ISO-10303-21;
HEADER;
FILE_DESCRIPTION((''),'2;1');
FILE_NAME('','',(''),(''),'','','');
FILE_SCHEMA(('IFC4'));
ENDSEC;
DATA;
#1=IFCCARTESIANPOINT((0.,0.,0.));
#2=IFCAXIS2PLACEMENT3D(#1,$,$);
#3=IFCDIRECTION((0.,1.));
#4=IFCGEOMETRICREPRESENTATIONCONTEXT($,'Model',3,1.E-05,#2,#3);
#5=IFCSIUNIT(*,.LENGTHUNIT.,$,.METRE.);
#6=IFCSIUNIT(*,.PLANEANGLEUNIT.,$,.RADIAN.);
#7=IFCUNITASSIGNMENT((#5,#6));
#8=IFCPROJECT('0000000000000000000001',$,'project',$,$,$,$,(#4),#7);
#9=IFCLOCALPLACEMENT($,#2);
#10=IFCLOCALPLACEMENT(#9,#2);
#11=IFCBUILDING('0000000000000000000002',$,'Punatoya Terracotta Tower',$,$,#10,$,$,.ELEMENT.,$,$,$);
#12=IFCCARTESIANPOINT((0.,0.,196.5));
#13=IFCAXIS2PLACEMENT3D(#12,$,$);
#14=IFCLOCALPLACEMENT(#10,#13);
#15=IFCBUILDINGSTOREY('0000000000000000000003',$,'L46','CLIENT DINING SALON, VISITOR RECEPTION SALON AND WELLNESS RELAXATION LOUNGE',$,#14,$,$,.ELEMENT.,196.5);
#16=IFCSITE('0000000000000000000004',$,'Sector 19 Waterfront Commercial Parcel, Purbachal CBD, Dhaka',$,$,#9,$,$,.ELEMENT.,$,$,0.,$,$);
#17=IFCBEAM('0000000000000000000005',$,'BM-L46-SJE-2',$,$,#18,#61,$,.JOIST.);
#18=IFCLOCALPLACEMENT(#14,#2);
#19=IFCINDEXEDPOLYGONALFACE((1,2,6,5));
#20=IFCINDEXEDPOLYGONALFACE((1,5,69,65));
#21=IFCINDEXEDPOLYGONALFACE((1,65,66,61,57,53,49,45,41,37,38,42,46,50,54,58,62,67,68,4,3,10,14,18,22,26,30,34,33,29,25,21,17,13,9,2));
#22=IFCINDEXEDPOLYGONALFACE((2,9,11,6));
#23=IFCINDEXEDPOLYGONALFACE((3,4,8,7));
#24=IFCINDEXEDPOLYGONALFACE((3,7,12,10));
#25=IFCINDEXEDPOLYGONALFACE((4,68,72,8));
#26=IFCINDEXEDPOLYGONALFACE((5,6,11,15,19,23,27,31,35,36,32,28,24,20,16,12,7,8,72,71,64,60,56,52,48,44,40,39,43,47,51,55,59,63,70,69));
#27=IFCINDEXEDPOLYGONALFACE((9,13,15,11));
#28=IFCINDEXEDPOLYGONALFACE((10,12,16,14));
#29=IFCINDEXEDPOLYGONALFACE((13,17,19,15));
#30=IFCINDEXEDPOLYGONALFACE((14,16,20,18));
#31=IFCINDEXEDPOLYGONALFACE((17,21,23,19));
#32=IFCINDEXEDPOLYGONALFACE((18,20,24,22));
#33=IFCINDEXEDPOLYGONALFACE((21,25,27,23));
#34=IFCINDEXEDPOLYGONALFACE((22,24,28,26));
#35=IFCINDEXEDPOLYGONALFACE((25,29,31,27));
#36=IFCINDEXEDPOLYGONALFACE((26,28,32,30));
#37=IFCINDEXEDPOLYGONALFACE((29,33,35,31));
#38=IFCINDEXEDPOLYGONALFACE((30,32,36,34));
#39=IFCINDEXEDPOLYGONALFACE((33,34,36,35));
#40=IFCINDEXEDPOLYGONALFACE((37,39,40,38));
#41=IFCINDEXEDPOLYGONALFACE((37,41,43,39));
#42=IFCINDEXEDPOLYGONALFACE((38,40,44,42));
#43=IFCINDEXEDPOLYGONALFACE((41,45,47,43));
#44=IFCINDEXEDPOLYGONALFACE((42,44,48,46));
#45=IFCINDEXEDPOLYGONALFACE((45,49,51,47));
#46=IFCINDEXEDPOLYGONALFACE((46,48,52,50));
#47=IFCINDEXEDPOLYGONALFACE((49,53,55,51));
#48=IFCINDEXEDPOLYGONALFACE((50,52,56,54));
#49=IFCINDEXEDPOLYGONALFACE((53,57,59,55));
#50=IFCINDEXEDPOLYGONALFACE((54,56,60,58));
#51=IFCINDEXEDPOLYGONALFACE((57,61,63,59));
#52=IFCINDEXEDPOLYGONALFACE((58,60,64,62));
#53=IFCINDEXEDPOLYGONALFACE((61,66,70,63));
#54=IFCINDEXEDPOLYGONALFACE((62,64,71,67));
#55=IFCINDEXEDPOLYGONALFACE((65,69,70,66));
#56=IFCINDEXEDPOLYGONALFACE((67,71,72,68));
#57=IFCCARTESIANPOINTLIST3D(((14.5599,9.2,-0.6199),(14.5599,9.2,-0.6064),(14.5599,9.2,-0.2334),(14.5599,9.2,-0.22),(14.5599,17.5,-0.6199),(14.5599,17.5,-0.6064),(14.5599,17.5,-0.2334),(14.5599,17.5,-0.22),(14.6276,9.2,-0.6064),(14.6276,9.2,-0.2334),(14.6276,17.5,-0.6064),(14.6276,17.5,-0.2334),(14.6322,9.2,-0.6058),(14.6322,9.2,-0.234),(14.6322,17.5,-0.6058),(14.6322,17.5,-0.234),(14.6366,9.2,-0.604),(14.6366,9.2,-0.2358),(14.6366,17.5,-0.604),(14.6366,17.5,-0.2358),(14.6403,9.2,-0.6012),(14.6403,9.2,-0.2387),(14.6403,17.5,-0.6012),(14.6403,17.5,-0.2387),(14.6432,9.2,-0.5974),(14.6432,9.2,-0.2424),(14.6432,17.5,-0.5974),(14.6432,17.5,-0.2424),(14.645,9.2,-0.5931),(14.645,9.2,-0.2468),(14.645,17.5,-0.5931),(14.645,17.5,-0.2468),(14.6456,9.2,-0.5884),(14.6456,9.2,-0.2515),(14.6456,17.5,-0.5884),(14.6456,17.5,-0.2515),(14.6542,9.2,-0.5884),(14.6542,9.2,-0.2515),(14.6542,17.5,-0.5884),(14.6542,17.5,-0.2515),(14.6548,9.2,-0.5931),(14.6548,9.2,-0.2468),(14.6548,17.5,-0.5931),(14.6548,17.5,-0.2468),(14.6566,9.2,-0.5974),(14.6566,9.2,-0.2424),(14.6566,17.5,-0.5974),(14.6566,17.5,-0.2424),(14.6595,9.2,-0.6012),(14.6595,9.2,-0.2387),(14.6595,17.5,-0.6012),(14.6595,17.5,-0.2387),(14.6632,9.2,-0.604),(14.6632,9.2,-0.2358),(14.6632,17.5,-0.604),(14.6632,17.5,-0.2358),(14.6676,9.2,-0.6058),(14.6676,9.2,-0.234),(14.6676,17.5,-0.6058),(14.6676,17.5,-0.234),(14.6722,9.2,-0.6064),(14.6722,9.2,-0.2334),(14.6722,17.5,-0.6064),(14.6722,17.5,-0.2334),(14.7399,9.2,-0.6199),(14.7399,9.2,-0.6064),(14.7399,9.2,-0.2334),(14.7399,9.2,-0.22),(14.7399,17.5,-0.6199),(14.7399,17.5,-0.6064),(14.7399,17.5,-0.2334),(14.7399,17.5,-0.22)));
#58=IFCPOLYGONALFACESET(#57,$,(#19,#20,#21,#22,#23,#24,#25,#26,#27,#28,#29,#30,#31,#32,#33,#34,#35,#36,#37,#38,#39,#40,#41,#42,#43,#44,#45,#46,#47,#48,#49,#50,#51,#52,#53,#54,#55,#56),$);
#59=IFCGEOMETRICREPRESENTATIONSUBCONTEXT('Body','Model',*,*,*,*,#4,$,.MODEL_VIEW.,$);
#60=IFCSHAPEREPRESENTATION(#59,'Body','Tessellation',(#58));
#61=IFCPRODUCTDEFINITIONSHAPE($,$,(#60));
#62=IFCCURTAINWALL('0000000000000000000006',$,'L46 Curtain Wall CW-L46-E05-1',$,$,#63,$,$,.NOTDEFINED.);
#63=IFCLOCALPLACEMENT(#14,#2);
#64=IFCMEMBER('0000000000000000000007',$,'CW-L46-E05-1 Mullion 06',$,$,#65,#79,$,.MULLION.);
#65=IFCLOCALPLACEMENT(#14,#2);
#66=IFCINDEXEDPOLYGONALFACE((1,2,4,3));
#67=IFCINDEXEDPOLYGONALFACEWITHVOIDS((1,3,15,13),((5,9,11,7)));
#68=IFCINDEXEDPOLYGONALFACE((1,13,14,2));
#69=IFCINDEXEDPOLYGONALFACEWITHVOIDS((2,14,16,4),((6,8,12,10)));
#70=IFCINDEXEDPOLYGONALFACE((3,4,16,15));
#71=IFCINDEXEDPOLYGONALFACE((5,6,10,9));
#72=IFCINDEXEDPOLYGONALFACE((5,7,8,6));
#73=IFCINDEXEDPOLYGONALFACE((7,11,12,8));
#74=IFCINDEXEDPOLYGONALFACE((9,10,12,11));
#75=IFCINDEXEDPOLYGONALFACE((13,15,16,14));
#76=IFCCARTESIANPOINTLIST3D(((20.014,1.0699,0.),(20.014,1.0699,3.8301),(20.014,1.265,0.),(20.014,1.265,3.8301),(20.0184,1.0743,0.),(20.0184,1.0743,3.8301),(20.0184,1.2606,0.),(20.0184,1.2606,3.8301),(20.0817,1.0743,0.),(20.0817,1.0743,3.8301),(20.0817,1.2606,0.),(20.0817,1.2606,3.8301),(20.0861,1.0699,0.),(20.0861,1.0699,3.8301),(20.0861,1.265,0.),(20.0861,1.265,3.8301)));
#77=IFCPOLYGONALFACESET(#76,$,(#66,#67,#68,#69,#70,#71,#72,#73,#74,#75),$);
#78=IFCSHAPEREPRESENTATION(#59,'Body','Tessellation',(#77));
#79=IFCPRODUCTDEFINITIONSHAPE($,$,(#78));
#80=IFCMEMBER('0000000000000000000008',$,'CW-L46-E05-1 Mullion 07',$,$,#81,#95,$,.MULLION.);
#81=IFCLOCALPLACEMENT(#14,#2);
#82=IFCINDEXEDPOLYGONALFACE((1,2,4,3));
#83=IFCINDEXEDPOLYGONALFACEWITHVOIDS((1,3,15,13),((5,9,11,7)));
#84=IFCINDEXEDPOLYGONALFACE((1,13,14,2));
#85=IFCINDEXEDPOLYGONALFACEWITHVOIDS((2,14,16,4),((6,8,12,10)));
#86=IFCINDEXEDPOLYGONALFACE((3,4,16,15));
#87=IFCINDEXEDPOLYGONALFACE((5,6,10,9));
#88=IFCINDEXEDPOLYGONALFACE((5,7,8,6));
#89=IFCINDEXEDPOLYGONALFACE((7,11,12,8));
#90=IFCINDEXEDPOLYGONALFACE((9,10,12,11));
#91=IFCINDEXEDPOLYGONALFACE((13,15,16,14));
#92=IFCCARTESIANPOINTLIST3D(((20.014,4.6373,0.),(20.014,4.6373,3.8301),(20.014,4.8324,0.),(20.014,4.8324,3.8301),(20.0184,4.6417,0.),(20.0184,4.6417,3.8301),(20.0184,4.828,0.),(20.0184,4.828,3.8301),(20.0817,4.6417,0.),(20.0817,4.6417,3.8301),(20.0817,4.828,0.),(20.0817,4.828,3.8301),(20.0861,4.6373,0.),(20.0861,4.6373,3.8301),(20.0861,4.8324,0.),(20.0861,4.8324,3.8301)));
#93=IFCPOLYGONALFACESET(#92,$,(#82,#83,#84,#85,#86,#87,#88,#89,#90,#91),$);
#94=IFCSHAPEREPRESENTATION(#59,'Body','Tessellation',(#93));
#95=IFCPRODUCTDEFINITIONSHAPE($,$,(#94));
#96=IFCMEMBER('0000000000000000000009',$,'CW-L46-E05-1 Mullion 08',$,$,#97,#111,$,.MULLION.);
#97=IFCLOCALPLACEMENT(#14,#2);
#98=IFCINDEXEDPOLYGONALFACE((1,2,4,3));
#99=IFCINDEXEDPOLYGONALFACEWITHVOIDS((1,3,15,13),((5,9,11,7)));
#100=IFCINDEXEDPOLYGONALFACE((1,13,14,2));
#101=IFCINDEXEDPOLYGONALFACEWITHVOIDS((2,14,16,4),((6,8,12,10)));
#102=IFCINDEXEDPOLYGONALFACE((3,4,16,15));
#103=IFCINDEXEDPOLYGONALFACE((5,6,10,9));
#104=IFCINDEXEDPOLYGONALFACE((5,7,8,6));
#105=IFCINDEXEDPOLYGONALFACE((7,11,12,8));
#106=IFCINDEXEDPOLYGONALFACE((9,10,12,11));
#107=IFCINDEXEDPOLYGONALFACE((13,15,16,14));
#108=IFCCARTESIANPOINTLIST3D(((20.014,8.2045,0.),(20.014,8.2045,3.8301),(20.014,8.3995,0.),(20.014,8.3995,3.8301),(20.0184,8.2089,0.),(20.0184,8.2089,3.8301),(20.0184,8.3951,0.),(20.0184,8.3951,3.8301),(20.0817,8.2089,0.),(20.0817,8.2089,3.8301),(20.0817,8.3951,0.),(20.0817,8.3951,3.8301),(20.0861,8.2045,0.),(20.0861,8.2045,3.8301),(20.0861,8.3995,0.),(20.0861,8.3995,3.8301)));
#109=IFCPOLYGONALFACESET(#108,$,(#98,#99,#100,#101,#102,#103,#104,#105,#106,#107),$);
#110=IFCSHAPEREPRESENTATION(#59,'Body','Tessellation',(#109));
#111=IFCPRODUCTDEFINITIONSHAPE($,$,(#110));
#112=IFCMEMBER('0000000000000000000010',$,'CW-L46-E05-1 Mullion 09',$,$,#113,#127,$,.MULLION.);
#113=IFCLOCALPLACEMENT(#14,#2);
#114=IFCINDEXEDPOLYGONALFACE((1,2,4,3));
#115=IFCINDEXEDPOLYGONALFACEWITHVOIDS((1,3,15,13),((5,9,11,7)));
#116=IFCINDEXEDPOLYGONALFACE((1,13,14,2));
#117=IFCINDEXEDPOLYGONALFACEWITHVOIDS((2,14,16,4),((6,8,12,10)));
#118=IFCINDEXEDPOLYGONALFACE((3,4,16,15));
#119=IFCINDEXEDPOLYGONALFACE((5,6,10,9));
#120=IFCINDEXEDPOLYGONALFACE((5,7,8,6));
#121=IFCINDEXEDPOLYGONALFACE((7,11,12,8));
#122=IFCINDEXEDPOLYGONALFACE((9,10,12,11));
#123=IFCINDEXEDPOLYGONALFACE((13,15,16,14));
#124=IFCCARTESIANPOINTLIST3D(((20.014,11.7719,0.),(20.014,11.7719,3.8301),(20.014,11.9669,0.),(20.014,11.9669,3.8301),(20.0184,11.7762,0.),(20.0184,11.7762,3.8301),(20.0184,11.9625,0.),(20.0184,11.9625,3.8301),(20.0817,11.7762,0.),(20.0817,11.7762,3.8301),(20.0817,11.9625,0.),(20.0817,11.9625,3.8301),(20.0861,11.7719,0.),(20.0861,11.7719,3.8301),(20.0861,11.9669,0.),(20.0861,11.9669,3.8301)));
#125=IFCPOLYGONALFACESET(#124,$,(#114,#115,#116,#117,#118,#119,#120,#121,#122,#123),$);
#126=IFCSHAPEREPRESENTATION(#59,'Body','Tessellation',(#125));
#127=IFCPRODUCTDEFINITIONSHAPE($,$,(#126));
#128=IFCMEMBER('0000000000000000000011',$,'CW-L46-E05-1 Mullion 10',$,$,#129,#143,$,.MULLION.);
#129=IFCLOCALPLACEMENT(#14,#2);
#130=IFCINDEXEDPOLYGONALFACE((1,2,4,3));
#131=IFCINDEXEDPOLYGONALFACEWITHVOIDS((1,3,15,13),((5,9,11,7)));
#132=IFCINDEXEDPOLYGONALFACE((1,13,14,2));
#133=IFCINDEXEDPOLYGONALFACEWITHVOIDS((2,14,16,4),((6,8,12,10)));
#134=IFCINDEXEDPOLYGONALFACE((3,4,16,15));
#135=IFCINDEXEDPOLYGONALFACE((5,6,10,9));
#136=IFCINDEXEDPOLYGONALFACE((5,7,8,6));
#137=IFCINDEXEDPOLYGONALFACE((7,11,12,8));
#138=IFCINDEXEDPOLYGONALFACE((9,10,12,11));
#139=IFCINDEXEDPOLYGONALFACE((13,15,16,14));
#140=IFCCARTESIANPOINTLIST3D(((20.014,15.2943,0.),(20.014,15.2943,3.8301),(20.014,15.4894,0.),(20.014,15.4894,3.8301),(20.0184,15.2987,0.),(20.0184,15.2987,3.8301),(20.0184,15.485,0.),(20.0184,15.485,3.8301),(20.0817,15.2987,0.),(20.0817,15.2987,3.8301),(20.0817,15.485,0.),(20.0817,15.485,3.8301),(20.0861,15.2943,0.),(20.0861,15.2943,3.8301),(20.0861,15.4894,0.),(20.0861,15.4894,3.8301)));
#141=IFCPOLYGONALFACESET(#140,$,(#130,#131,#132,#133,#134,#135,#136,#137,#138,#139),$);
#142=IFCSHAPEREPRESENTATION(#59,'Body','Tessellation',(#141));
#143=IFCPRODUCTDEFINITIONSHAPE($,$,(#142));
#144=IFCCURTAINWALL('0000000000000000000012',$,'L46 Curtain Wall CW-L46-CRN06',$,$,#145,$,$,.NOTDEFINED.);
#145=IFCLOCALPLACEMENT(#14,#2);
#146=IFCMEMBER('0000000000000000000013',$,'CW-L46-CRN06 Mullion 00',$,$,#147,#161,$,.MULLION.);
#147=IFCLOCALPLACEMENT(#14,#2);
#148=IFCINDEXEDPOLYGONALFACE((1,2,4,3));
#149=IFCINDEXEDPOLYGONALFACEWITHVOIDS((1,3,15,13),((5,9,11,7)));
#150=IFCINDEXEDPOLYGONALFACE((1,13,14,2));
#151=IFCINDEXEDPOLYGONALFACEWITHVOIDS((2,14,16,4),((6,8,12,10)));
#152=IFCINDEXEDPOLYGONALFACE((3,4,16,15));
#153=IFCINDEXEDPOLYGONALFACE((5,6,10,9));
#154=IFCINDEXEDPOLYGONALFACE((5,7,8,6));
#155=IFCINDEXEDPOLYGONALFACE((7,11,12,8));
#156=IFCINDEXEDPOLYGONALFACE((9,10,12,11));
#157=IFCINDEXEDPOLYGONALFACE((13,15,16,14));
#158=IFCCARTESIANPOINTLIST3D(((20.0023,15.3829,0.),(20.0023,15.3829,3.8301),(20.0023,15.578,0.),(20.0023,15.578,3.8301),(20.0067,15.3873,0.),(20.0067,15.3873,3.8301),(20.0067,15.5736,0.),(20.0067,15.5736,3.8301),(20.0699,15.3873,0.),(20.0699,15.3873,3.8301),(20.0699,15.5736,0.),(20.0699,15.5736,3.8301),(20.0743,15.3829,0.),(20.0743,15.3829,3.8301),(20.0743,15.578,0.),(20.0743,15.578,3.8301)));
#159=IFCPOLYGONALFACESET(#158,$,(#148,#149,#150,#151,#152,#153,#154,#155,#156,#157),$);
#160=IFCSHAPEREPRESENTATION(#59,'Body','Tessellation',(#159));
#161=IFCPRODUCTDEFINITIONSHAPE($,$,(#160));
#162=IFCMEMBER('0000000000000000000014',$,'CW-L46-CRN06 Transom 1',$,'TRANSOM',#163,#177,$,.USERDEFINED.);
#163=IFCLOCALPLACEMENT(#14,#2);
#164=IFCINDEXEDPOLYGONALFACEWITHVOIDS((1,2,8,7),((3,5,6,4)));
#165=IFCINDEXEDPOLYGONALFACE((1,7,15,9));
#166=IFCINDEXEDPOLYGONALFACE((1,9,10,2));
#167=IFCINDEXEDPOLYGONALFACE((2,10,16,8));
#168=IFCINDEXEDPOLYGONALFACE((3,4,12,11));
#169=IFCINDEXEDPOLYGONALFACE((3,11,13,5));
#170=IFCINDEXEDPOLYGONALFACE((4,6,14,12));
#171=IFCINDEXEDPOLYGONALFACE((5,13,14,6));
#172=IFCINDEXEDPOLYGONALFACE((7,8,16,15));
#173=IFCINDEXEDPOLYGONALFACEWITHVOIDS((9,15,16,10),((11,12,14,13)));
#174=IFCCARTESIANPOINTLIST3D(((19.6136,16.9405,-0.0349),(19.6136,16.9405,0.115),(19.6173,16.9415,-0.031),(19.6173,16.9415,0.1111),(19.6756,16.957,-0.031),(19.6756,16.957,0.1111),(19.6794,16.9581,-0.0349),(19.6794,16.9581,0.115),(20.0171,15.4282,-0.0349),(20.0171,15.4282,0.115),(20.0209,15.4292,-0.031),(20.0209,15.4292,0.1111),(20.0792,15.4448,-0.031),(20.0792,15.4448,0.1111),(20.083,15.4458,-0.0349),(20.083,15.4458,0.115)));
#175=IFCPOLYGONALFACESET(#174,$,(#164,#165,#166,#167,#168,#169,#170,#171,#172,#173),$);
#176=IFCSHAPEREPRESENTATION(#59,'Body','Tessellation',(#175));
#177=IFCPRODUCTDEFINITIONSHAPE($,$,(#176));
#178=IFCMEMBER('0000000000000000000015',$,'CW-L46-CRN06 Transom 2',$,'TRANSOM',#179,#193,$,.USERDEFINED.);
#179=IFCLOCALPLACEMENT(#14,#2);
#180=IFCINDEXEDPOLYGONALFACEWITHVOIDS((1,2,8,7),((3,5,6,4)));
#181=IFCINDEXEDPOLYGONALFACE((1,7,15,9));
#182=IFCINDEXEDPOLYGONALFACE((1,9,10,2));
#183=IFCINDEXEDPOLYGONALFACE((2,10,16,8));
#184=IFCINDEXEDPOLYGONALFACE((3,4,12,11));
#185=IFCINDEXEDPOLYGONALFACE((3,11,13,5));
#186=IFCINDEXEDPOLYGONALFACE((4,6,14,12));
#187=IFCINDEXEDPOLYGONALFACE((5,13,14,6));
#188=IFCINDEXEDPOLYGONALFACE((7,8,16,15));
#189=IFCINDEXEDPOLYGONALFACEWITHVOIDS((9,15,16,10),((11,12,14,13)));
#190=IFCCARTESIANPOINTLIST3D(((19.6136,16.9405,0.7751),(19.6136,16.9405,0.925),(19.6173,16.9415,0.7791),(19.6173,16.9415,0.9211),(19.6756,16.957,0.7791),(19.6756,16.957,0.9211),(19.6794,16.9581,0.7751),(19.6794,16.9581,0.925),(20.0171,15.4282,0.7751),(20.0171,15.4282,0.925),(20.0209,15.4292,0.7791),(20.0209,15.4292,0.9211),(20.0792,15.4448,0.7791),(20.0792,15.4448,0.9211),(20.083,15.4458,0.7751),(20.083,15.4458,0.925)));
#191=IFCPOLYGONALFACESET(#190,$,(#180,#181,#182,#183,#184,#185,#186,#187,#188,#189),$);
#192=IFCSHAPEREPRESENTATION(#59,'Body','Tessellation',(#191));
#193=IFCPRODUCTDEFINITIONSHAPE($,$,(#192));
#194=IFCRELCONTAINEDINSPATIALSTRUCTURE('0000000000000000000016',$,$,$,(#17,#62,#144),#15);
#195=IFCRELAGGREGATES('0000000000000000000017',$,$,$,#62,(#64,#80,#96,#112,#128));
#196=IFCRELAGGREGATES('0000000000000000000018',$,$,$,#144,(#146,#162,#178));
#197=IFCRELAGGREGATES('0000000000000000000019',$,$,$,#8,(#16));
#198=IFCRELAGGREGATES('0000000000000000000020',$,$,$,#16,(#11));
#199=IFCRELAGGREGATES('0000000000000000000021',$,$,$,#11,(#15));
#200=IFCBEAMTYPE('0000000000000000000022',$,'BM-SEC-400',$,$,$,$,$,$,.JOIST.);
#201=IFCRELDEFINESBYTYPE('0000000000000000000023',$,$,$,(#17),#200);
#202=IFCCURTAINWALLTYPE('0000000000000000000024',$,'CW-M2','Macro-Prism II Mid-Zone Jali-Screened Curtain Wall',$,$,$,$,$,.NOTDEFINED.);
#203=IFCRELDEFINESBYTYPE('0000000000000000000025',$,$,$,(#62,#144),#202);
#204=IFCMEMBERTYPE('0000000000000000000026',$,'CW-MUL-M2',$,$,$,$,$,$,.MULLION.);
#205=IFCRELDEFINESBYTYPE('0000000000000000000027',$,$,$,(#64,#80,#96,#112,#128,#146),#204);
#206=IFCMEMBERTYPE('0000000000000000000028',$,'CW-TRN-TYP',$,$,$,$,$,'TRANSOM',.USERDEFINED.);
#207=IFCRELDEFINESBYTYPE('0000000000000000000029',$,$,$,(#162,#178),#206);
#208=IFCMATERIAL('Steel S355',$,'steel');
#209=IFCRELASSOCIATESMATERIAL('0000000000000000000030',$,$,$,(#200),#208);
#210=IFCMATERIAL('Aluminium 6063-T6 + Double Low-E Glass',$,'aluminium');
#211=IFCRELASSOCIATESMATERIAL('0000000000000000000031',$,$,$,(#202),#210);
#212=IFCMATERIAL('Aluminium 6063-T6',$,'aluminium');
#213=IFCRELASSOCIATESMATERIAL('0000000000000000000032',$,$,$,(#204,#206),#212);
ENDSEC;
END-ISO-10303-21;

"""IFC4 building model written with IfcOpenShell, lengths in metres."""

from ifc_helpers import new_model, si_unit, direction, frame, origin, origin_2d, place, context, subcontext, project, spatial, hollow_rectangle, i_section, extrude, material, material_profile, profile_set, type_object, element, aggregate, save


model = new_model("IFC4")

# Units and contexts
model_context = context("Model", 3, precision=1e-05, world=origin(), true_north=direction((0.0, 1.0)))
body_context = subcontext(model_context, "Body", "Model", "MODEL_VIEW")
ifc_project = project(units=[si_unit("LENGTHUNIT", "METRE"), si_unit("PLANEANGLEUNIT", "RADIAN")], contexts=[model_context])

# Site, building, storey
site_placement = place(None, origin())
site = spatial("IfcSite", under=ifc_project, at=site_placement, Name="Sector 19 Waterfront Commercial Parcel, Purbachal CBD, Dhaka", CompositionType="ELEMENT", RefElevation=0.0)
building_placement = place(site_placement, origin())
building = spatial("IfcBuilding", under=site, at=building_placement, Name="Punatoya Terracotta Tower", CompositionType="ELEMENT")
storey_placement = place(building_placement, frame((0.0, 0.0, 196.5)))
storey = spatial("IfcBuildingStorey", under=building, at=storey_placement, Name="L46", Description="CLIENT DINING SALON, VISITOR RECEPTION SALON AND WELLNESS RELAXATION LOUNGE", CompositionType="ELEMENT", Elevation=196.5)

# Beam
ifc_material_1 = material(Name="Steel S355", Category="steel")
ifc_material_profile_1 = material_profile(ifc_material_1, i_section(OverallWidth=0.1799, OverallDepth=0.3999, WebThickness=0.0085, FlangeThickness=0.0134, FilletRadius=0.0181, at=origin_2d()))
ifc_profile_set_1 = profile_set([ifc_material_profile_1], Name="Steel S355")
beam_type_1 = type_object("IfcBeamType", Name="BM-SEC-400", PredefinedType="JOIST", material=ifc_profile_set_1)
beam_1_placement = place(storey_placement, frame((14.6499, 9.2, -0.4199), z_axis=(0.0, 1.0, 0.0), x_axis=(-1.0, 0.0, 0.0)))
element("IfcBeam", 1, at=beam_1_placement, inside=storey, type_object=beam_type_1, Name="BM-L46-SJE-2", PredefinedType="JOIST", context=body_context, shape_type="SweptSolid", body=[
    extrude(i_section(OverallWidth=0.1799, OverallDepth=0.3999, WebThickness=0.0085, FlangeThickness=0.0134, FilletRadius=0.0181, at=origin_2d()), origin(), (0.0, 0.0, 1.0), 8.3),
])

# Curtain walls, members
ifc_material_2 = material(Name="Aluminium 6063-T6 + Double Low-E Glass", Category="aluminium")
curtain_wall_type = type_object("IfcCurtainWallType", Name="CW-M2", Description="Macro-Prism II Mid-Zone Jali-Screened Curtain Wall", PredefinedType="NOTDEFINED", material=ifc_material_2)
curtain_wall_1_placement = place(storey_placement, origin())
curtain_wall_1 = element("IfcCurtainWall", 2, at=curtain_wall_1_placement, inside=storey, type_object=curtain_wall_type, Name="L46 Curtain Wall CW-L46-E05-1", PredefinedType="NOTDEFINED")
ifc_material_3 = material(Name="Aluminium 6063-T6", Category="aluminium")
ifc_material_profile_2 = material_profile(ifc_material_3, hollow_rectangle(XDim=0.072, YDim=0.1951, WallThickness=0.0044, at=origin_2d()))
ifc_profile_set_2 = profile_set([ifc_material_profile_2], Name="Aluminium 6063-T6")
member_type_1 = type_object("IfcMemberType", Name="CW-MUL-M2", PredefinedType="MULLION", material=ifc_profile_set_2)
member_1_placement = place(storey_placement, frame((20.05, 1.1675, 0.0), z_axis=(0.0, 0.0, 1.0), x_axis=(1.0, 0.0, 0.0)))
member_1 = element("IfcMember", 3, at=member_1_placement, type_object=member_type_1, Name="CW-L46-E05-1 Mullion 06", PredefinedType="MULLION", context=body_context, shape_type="SweptSolid", body=[
    extrude(hollow_rectangle(XDim=0.072, YDim=0.1951, WallThickness=0.0044, at=origin_2d()), origin(), (0.0, 0.0, 1.0), 3.8301),
])
member_2_placement = place(storey_placement, frame((20.05, 4.7349, 0.0), z_axis=(0.0, 0.0, 1.0), x_axis=(1.0, 0.0, 0.0)))
member_2 = element("IfcMember", 4, at=member_2_placement, type_object=member_type_1, Name="CW-L46-E05-1 Mullion 07", PredefinedType="MULLION", context=body_context, shape_type="SweptSolid", body=[
    extrude(hollow_rectangle(XDim=0.072, YDim=0.1951, WallThickness=0.0044, at=origin_2d()), origin(), (0.0, 0.0, 1.0), 3.8301),
])
member_3_placement = place(storey_placement, frame((20.05, 8.302, 0.0), z_axis=(0.0, 0.0, 1.0), x_axis=(1.0, 0.0, 0.0)))
member_3 = element("IfcMember", 5, at=member_3_placement, type_object=member_type_1, Name="CW-L46-E05-1 Mullion 08", PredefinedType="MULLION", context=body_context, shape_type="SweptSolid", body=[
    extrude(hollow_rectangle(XDim=0.072, YDim=0.1951, WallThickness=0.0044, at=origin_2d()), origin(), (0.0, 0.0, 1.0), 3.8301),
])
member_4_placement = place(storey_placement, frame((20.05, 11.8694, 0.0), z_axis=(0.0, 0.0, 1.0), x_axis=(1.0, 0.0, 0.0)))
member_4 = element("IfcMember", 6, at=member_4_placement, type_object=member_type_1, Name="CW-L46-E05-1 Mullion 09", PredefinedType="MULLION", context=body_context, shape_type="SweptSolid", body=[
    extrude(hollow_rectangle(XDim=0.072, YDim=0.1951, WallThickness=0.0044, at=origin_2d()), origin(), (0.0, 0.0, 1.0), 3.8301),
])
member_5_placement = place(storey_placement, frame((20.05, 15.3918, 0.0), z_axis=(0.0, 0.0, 1.0), x_axis=(1.0, 0.0, 0.0)))
member_5 = element("IfcMember", 7, at=member_5_placement, type_object=member_type_1, Name="CW-L46-E05-1 Mullion 10", PredefinedType="MULLION", context=body_context, shape_type="SweptSolid", body=[
    extrude(hollow_rectangle(XDim=0.072, YDim=0.1951, WallThickness=0.0044, at=origin_2d()), origin(), (0.0, 0.0, 1.0), 3.8301),
])
curtain_wall_2_placement = place(storey_placement, origin())
curtain_wall_2 = element("IfcCurtainWall", 8, at=curtain_wall_2_placement, inside=storey, type_object=curtain_wall_type, Name="L46 Curtain Wall CW-L46-CRN06", PredefinedType="NOTDEFINED")
member_6_placement = place(storey_placement, frame((20.0383, 15.4805, 0.0), z_axis=(0.0, 0.0, 1.0), x_axis=(1.0, 0.0, 0.0)))
member_6 = element("IfcMember", 9, at=member_6_placement, type_object=member_type_1, Name="CW-L46-CRN06 Mullion 00", PredefinedType="MULLION", context=body_context, shape_type="SweptSolid", body=[
    extrude(hollow_rectangle(XDim=0.072, YDim=0.1951, WallThickness=0.0044, at=origin_2d()), origin(), (0.0, 0.0, 1.0), 3.8301),
])
ifc_material_profile_3 = material_profile(ifc_material_3, hollow_rectangle(XDim=0.0681, YDim=0.1499, WallThickness=0.0039, at=origin_2d()))
ifc_profile_set_3 = profile_set([ifc_material_profile_3], Name="Aluminium 6063-T6")
member_type_2 = type_object("IfcMemberType", Name="CW-TRN-TYP", ElementType="TRANSOM", PredefinedType="USERDEFINED", material=ifc_profile_set_3)
member_7_placement = place(storey_placement, frame((20.05, 15.437, 0.04), z_axis=(-0.257847, 0.966186, 0.0), x_axis=(-0.966186, -0.257847, 0.0)))
member_7 = element("IfcMember", 10, at=member_7_placement, type_object=member_type_2, Name="CW-L46-CRN06 Transom 1", ObjectType="TRANSOM", PredefinedType="USERDEFINED", context=body_context, shape_type="SweptSolid", body=[
    extrude(hollow_rectangle(XDim=0.0681, YDim=0.1499, WallThickness=0.0039, at=origin_2d()), origin(), (0.0, 0.0, 1.0), 1.5652),
])
member_8_placement = place(storey_placement, frame((20.05, 15.437, 0.8501), z_axis=(-0.257847, 0.966186, 0.0), x_axis=(-0.966186, -0.257847, 0.0)))
member_8 = element("IfcMember", 11, at=member_8_placement, type_object=member_type_2, Name="CW-L46-CRN06 Transom 2", ObjectType="TRANSOM", PredefinedType="USERDEFINED", context=body_context, shape_type="SweptSolid", body=[
    extrude(hollow_rectangle(XDim=0.0681, YDim=0.1499, WallThickness=0.0039, at=origin_2d()), origin(), (0.0, 0.0, 1.0), 1.5652),
])

aggregate(curtain_wall_1, [member_1, member_2, member_3, member_4, member_5])
aggregate(curtain_wall_2, [member_6, member_7, member_8])

save(model, "model.ifc")
